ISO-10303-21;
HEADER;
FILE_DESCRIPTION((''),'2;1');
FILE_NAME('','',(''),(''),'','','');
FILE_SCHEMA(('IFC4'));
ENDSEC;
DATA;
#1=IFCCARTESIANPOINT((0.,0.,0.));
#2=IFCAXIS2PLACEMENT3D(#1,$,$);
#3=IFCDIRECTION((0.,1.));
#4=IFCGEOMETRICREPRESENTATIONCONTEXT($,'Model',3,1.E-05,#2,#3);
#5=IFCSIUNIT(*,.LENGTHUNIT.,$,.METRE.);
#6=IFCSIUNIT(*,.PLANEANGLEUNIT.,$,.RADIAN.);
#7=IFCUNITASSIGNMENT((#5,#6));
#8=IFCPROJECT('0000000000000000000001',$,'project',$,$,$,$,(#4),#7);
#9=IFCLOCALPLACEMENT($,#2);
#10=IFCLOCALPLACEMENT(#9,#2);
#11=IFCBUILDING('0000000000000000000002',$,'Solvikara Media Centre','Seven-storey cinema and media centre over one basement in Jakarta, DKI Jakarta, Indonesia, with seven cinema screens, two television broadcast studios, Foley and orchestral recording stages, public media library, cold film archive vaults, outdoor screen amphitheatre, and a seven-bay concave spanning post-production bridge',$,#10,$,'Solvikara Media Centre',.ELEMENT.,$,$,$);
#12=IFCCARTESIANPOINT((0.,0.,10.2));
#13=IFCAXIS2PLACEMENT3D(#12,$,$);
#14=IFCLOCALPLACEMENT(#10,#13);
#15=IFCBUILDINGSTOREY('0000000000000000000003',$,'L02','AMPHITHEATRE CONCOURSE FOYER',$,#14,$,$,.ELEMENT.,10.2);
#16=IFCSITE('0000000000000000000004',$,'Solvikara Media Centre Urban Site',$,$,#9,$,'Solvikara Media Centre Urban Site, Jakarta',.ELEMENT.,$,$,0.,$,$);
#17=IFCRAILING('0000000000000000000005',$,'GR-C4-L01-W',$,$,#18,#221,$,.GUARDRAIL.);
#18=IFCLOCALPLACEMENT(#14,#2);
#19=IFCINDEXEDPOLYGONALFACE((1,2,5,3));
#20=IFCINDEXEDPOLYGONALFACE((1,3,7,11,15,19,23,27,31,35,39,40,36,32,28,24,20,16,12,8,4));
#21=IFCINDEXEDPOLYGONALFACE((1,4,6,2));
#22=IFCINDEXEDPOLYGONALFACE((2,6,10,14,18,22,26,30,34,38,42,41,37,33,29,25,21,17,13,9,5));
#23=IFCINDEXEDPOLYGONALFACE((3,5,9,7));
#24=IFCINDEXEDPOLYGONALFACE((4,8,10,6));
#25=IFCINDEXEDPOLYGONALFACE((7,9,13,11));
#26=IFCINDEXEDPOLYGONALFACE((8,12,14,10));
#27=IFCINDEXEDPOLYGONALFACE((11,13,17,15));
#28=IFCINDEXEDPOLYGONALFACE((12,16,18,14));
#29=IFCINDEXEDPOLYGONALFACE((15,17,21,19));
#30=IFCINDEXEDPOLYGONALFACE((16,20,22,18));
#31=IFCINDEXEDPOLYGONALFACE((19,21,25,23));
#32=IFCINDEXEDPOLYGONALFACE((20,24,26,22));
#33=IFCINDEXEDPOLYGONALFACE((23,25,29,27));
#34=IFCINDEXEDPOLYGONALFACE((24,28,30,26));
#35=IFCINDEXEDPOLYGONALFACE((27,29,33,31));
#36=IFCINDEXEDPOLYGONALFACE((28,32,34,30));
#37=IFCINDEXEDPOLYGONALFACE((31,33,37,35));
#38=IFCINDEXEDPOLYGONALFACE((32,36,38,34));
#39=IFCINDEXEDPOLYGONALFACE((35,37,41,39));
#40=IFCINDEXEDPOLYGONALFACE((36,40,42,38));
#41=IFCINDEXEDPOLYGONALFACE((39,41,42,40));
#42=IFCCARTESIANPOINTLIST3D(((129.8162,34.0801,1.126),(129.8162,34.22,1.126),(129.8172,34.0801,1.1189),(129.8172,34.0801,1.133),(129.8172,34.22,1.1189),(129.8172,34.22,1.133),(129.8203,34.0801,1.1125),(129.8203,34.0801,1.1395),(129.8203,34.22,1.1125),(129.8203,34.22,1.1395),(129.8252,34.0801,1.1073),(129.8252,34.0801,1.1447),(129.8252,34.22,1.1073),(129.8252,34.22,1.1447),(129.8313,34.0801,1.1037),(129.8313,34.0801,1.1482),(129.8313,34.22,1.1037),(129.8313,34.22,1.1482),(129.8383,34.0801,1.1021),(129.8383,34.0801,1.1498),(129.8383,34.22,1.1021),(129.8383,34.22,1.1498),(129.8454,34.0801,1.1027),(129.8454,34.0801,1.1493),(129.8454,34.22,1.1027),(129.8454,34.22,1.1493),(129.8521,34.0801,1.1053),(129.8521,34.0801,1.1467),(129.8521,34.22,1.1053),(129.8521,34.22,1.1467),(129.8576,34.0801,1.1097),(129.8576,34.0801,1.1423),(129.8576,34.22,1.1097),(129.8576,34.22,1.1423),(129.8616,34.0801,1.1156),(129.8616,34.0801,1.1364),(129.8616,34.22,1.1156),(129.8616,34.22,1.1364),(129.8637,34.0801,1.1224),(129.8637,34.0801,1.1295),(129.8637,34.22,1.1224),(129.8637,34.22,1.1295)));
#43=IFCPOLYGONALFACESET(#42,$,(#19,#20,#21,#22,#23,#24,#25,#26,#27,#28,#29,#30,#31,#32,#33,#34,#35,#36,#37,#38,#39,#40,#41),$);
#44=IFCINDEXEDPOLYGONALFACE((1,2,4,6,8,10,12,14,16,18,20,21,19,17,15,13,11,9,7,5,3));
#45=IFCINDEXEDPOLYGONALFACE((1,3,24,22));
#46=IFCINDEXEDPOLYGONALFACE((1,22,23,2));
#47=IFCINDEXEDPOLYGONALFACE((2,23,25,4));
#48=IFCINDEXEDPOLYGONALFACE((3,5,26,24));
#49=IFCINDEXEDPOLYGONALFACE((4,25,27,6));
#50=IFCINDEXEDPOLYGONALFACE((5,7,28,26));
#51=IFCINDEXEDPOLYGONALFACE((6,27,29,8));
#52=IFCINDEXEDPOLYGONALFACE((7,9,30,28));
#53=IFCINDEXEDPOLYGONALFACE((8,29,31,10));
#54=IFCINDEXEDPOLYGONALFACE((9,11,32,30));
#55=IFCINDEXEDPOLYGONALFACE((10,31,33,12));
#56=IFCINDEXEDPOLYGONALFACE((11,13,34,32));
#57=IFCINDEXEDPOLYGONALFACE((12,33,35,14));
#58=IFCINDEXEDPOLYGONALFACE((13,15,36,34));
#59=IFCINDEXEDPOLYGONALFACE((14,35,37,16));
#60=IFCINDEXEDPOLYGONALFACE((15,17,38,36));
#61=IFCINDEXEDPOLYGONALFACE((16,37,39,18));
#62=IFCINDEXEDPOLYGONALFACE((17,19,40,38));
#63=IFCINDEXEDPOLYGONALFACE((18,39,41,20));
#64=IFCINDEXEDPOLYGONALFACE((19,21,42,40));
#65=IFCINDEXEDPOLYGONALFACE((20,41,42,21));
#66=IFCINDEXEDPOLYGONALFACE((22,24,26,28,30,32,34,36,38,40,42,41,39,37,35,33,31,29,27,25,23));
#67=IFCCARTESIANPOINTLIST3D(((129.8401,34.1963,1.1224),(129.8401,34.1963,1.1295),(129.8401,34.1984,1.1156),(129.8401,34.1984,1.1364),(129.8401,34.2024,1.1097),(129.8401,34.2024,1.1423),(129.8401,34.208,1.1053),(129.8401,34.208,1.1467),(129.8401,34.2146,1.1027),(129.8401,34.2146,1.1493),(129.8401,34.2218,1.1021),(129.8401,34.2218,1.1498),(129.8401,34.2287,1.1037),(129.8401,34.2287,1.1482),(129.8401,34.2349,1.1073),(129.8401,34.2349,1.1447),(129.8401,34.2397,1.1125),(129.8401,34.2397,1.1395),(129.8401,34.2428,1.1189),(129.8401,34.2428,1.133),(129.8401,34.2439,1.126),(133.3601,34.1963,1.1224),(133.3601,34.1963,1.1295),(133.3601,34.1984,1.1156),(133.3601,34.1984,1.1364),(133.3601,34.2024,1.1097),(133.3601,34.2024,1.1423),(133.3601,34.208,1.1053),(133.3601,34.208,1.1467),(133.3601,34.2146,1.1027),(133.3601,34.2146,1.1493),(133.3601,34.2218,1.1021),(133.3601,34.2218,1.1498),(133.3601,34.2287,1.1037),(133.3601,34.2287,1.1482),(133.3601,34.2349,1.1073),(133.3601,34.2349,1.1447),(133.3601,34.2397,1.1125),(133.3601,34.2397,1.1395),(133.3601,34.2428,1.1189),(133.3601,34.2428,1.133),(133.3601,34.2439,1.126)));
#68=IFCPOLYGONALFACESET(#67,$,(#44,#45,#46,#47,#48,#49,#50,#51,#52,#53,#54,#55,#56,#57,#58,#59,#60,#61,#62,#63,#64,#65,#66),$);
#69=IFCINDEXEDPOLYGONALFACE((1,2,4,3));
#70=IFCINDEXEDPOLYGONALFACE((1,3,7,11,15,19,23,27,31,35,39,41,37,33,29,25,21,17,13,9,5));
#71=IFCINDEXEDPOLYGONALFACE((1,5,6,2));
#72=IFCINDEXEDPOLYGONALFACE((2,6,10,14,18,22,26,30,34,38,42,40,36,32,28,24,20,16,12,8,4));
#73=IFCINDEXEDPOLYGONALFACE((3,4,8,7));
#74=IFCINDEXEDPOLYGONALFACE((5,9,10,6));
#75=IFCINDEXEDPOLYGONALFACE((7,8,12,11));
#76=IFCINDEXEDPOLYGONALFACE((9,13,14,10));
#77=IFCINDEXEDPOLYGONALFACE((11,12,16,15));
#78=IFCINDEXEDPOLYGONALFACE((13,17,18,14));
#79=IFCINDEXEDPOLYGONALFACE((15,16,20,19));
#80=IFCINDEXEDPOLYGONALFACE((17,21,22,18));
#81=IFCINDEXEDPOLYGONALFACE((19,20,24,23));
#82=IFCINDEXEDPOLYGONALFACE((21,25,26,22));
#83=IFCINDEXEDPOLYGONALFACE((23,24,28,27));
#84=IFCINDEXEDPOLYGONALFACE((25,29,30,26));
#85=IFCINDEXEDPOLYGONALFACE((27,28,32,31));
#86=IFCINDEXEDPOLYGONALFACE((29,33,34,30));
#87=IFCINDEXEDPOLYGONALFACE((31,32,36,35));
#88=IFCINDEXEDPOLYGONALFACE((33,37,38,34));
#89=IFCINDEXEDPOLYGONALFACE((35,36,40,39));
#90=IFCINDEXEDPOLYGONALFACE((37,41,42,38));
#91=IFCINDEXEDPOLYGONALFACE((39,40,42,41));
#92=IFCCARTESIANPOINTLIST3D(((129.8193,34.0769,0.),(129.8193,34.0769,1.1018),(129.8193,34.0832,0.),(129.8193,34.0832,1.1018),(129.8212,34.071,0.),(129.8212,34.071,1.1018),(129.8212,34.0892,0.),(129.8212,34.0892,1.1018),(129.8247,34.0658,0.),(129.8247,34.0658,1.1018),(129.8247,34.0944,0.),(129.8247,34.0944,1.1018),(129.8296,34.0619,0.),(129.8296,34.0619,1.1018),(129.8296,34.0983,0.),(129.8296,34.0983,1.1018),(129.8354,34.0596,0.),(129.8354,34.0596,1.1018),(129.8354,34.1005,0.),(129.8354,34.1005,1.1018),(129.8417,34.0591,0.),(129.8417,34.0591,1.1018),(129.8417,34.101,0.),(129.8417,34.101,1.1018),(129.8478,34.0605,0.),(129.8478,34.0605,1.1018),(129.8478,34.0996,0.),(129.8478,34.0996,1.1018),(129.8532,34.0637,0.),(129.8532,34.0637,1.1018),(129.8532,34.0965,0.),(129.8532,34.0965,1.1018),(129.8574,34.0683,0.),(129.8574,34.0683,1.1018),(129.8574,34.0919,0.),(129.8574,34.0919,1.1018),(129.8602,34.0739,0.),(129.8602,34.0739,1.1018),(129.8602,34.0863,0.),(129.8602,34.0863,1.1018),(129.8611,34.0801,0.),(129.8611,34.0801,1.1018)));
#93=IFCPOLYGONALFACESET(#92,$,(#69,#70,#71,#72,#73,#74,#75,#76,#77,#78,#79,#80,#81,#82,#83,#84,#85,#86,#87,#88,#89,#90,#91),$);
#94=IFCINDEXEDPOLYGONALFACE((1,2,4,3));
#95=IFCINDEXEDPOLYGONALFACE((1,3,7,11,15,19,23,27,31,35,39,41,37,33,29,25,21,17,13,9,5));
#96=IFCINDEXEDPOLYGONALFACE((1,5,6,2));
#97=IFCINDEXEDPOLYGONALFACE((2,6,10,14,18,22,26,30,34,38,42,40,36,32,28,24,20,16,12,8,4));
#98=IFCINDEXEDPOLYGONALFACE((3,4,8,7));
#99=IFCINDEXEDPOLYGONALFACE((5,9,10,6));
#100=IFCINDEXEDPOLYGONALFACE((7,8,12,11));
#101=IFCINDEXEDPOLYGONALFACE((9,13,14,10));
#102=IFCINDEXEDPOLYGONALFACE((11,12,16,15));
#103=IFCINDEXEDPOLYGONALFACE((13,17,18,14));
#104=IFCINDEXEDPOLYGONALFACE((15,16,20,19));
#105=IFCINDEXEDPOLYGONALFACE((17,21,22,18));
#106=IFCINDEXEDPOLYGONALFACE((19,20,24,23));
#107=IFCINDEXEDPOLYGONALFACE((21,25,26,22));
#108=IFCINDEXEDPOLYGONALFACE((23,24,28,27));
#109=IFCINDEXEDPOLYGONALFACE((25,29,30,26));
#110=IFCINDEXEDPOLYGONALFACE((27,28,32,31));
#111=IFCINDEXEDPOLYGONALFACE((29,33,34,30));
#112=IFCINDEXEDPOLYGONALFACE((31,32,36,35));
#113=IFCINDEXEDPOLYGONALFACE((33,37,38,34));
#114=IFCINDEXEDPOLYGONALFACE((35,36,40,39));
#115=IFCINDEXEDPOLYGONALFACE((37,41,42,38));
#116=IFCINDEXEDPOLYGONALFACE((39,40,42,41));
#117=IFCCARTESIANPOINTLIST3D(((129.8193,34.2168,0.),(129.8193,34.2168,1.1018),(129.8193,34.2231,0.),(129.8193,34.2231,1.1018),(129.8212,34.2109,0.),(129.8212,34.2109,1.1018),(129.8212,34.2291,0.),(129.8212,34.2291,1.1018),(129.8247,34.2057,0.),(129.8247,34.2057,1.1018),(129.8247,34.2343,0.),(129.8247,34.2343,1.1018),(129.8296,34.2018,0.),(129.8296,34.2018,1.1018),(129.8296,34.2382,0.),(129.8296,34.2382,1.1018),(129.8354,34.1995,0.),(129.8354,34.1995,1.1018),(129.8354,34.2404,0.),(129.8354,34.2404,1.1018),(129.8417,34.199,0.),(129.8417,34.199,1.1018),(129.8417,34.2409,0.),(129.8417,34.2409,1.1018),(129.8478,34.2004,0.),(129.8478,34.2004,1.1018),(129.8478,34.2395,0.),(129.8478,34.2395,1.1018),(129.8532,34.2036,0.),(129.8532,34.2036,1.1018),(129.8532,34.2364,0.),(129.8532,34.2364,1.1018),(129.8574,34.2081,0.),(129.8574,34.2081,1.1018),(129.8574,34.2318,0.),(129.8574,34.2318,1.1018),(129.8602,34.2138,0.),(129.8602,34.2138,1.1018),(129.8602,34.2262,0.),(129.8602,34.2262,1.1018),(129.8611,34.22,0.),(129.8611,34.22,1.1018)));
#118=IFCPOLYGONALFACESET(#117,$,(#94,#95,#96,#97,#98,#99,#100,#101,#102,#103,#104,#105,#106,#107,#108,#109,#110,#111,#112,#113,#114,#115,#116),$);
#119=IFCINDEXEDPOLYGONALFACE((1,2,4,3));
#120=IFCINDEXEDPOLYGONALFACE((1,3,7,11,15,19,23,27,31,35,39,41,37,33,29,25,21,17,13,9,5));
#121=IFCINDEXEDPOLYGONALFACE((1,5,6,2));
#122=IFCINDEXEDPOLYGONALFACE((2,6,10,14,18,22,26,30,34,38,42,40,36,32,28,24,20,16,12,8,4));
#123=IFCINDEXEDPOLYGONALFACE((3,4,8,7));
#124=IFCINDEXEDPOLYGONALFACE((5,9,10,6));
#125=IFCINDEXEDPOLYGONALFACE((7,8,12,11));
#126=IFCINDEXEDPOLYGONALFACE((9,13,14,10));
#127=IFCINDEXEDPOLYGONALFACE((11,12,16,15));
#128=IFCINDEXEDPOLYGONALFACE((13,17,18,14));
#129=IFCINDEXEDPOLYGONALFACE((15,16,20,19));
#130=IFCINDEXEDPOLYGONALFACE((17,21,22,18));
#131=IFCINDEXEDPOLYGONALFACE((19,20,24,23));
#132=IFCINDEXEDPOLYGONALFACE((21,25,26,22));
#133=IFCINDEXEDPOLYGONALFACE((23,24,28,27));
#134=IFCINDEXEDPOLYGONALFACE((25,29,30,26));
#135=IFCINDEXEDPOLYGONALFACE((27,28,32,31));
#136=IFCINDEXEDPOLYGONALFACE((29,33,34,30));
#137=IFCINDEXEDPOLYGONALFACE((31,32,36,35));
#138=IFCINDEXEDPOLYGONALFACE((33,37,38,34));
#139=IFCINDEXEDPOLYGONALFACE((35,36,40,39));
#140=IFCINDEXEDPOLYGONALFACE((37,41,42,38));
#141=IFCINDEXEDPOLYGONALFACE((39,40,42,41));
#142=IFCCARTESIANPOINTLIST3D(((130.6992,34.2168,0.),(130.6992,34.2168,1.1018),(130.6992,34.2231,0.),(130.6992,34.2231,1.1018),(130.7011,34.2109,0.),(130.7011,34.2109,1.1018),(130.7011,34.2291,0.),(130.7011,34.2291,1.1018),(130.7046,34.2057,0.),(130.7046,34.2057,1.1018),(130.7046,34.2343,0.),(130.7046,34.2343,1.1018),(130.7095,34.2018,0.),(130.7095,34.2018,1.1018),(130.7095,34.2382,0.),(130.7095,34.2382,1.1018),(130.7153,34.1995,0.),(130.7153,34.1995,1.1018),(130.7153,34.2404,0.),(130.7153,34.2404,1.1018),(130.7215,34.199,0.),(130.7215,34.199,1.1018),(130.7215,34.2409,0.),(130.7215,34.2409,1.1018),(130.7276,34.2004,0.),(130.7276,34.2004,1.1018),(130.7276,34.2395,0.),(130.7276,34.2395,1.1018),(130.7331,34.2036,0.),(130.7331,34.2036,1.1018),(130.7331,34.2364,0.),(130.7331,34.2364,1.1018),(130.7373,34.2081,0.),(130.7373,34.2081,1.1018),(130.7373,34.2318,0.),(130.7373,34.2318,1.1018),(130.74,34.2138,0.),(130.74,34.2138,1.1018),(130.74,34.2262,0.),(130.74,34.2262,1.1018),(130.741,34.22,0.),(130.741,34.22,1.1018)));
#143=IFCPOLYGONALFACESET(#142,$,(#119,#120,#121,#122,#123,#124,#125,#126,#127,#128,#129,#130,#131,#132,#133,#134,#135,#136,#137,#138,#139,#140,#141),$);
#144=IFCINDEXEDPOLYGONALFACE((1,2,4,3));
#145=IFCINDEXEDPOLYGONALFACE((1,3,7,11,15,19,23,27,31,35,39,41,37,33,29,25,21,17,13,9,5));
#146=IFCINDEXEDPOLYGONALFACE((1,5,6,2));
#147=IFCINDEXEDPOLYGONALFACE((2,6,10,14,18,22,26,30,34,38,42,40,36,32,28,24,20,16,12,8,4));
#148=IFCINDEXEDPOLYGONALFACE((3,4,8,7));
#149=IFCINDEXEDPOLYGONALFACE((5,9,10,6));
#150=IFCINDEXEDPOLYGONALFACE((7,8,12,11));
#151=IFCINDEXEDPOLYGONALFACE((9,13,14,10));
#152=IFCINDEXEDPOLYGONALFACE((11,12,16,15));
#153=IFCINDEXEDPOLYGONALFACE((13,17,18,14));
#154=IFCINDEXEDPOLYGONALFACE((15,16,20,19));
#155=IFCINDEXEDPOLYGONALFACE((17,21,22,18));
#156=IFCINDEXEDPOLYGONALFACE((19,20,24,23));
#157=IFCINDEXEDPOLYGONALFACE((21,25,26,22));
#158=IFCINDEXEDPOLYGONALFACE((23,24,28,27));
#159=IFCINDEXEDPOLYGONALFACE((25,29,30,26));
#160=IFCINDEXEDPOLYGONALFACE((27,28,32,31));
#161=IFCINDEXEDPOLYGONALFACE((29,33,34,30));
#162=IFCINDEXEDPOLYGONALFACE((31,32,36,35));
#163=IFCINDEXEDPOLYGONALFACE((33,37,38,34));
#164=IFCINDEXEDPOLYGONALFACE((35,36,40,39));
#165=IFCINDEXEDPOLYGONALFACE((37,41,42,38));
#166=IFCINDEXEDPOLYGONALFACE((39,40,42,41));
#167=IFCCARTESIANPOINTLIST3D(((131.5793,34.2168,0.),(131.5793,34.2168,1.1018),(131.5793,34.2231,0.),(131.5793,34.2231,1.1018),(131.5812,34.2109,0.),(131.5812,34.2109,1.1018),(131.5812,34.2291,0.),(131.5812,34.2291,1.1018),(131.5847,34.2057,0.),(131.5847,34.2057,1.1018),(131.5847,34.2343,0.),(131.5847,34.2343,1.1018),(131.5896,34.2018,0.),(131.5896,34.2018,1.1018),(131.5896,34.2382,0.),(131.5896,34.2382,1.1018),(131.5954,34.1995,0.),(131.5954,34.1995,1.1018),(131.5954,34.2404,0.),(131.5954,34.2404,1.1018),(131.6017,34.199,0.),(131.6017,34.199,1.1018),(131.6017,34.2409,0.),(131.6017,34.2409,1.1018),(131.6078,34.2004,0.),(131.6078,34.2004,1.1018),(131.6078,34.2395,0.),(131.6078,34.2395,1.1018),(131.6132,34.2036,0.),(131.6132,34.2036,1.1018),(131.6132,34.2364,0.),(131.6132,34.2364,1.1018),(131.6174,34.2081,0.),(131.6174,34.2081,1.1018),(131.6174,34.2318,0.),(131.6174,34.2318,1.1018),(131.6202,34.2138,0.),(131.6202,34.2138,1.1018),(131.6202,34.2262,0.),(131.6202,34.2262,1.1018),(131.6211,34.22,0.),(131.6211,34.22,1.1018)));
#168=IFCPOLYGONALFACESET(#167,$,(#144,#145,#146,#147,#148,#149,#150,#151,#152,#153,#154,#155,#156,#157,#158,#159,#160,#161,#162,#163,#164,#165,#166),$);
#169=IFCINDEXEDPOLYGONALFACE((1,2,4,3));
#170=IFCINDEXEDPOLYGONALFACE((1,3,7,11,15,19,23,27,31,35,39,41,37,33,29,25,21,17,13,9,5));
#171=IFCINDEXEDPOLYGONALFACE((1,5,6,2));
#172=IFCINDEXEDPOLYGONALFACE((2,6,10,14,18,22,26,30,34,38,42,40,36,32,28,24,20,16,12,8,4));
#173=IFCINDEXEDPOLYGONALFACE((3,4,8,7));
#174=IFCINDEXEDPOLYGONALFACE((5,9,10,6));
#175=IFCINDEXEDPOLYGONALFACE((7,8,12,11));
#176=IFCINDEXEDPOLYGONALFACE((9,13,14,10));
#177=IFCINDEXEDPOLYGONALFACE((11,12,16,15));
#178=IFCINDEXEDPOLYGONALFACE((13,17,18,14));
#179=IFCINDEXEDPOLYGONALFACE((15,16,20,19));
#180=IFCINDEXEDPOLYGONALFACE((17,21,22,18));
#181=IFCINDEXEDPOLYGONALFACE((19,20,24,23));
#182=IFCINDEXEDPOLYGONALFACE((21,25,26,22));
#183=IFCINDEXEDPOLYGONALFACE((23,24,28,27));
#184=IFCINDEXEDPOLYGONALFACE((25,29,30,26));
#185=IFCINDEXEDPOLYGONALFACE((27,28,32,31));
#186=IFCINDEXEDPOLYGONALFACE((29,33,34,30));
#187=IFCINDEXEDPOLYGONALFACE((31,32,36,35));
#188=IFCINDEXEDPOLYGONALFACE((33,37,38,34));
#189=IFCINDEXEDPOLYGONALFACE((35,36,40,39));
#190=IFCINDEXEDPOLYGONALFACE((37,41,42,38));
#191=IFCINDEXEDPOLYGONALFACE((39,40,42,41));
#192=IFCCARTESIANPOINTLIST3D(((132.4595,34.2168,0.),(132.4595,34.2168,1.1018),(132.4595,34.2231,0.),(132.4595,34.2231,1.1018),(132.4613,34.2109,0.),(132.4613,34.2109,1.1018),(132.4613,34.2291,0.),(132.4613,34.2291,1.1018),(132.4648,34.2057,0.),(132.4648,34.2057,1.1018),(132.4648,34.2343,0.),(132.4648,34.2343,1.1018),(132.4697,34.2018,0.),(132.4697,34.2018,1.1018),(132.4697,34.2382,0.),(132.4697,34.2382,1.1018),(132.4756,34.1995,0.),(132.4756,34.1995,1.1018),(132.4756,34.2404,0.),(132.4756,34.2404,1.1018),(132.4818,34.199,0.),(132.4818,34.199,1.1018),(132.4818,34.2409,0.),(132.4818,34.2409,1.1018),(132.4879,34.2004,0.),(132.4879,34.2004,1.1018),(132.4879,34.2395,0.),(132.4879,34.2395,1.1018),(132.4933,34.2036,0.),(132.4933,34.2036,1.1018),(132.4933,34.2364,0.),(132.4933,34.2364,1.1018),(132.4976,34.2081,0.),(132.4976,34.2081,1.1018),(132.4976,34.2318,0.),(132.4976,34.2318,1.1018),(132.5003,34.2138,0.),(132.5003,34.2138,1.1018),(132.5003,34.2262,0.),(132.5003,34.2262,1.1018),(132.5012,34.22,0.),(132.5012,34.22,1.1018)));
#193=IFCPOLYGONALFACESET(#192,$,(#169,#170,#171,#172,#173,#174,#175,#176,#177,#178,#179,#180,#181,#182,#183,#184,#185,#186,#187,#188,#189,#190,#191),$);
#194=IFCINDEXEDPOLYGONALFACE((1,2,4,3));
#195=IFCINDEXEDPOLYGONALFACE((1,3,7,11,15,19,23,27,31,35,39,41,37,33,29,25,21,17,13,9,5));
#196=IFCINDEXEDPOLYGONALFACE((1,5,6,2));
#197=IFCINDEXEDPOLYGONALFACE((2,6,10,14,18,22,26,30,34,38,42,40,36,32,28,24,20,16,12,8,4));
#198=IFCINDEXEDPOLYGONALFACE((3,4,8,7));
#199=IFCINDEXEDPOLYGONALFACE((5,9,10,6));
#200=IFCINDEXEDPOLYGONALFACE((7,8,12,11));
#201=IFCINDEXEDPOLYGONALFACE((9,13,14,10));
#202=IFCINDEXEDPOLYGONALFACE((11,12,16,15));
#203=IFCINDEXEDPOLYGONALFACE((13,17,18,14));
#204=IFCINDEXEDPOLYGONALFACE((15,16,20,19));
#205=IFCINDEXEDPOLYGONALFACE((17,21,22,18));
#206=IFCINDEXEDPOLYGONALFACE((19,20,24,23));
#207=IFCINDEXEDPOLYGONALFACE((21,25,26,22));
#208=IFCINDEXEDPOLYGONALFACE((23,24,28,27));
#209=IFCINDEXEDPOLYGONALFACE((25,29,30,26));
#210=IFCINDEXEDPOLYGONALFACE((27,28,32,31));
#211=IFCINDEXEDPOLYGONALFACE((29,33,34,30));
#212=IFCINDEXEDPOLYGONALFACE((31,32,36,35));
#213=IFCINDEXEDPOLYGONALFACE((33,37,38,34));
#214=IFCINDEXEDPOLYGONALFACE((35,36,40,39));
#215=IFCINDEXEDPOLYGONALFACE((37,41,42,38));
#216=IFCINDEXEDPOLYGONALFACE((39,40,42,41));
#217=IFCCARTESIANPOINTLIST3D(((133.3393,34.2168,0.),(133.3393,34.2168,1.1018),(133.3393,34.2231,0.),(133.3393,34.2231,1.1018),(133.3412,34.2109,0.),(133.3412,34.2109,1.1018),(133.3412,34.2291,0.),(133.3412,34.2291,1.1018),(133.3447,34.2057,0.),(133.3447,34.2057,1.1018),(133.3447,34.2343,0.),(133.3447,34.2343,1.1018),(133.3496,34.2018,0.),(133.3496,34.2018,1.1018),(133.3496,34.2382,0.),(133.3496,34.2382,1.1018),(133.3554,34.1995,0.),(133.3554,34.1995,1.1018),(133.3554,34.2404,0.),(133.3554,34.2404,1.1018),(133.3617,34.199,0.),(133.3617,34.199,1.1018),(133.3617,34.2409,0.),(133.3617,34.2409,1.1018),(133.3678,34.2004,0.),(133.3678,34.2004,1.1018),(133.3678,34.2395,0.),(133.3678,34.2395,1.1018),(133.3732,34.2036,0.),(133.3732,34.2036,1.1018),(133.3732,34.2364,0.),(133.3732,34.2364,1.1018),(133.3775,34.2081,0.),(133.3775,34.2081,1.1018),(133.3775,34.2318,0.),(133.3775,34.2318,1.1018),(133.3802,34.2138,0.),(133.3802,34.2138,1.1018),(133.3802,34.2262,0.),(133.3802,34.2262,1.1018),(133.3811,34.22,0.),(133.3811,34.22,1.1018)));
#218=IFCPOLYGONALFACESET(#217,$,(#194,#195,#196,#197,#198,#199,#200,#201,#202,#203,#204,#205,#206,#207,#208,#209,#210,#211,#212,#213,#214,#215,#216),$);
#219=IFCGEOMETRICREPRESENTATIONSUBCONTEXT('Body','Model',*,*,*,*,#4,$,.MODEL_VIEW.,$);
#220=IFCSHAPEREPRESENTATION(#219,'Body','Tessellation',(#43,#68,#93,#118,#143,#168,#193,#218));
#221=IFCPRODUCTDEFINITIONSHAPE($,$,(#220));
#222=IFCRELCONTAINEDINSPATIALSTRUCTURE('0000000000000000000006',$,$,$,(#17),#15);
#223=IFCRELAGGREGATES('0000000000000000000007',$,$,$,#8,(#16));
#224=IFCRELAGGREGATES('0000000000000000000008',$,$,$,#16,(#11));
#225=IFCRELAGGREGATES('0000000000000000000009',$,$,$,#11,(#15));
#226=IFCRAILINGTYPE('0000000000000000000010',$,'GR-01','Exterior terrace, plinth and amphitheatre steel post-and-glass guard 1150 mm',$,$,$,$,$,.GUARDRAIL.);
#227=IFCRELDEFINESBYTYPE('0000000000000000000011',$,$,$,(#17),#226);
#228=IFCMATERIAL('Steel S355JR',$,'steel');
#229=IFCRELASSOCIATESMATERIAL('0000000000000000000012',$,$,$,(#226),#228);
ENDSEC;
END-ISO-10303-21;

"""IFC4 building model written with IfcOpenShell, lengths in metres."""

from ifc_helpers import new_model, si_unit, direction, frame, origin, origin_2d, place, context, subcontext, project, spatial, circle, extrude, material, type_object, element, save


model = new_model("IFC4")

# Units and contexts
model_context = context("Model", 3, precision=1e-05, world=origin(), true_north=direction((0.0, 1.0)))
body_context = subcontext(model_context, "Body", "Model", "MODEL_VIEW")
ifc_project = project(units=[si_unit("LENGTHUNIT", "METRE"), si_unit("PLANEANGLEUNIT", "RADIAN")], contexts=[model_context])

# Site, building, storey
site_placement = place(None, origin())
site = spatial("IfcSite", under=ifc_project, at=site_placement, Name="Solvikara Media Centre Urban Site", LongName="Solvikara Media Centre Urban Site, Jakarta", CompositionType="ELEMENT", RefElevation=0.0)
building_placement = place(site_placement, origin())
building = spatial("IfcBuilding", under=site, at=building_placement, Name="Solvikara Media Centre", Description="Seven-storey cinema and media centre over one basement in Jakarta, DKI Jakarta, Indonesia, with seven cinema screens, two television broadcast studios, Foley and orchestral recording stages, public media library, cold film archive vaults, outdoor screen amphitheatre, and a seven-bay concave spanning post-production bridge", LongName="Solvikara Media Centre", CompositionType="ELEMENT")
storey_placement = place(building_placement, frame((0.0, 0.0, 10.2)))
storey = spatial("IfcBuildingStorey", under=building, at=storey_placement, Name="L02", Description="AMPHITHEATRE CONCOURSE FOYER", CompositionType="ELEMENT", Elevation=10.2)

# Shared definitions
ifc_material_1 = material(Name="Steel S355JR", Category="steel")

# Railing
railing_type_1 = type_object("IfcRailingType", Name="GR-01", Description="Exterior terrace, plinth and amphitheatre steel post-and-glass guard 1150 mm", PredefinedType="GUARDRAIL", material=ifc_material_1)
railing_1_placement = place(storey_placement, frame((129.8401, 34.0801, 0.0)))
element("IfcRailing", 1, at=railing_1_placement, inside=storey, type_object=railing_type_1, Name="GR-C4-L01-W", PredefinedType="GUARDRAIL", context=body_context, shape_type="SweptSolid", body=[
    extrude(circle(Radius=0.0239, at=origin_2d()), frame((0.0, 0.0, 1.126), z_axis=(0.0, 1.0, 0.0), x_axis=(-1.0, 0.0, 0.0)), (0.0, 0.0, 1.0), 0.1399),
    extrude(circle(Radius=0.0239, at=origin_2d()), frame((0.0, 0.1399, 1.126), z_axis=(1.0, 0.0, 0.0), x_axis=(0.0, 1.0, 0.0)), (0.0, 0.0, 1.0), 3.52),
    extrude(circle(Radius=0.021, at=origin_2d()), origin(), (0.0, 0.0, 1.0), 1.1018),
    extrude(circle(Radius=0.021, at=origin_2d()), frame((0.0, 0.1399, 0.0)), (0.0, 0.0, 1.0), 1.1018),
    extrude(circle(Radius=0.021, at=origin_2d()), frame((0.8799, 0.1399, 0.0)), (0.0, 0.0, 1.0), 1.1018),
    extrude(circle(Radius=0.021, at=origin_2d()), frame((1.76, 0.1399, 0.0)), (0.0, 0.0, 1.0), 1.1018),
    extrude(circle(Radius=0.021, at=origin_2d()), frame((2.6401, 0.1399, 0.0)), (0.0, 0.0, 1.0), 1.1018),
    extrude(circle(Radius=0.021, at=origin_2d()), frame((3.52, 0.1399, 0.0)), (0.0, 0.0, 1.0), 1.1018),
])

save(model, "model.ifc")
